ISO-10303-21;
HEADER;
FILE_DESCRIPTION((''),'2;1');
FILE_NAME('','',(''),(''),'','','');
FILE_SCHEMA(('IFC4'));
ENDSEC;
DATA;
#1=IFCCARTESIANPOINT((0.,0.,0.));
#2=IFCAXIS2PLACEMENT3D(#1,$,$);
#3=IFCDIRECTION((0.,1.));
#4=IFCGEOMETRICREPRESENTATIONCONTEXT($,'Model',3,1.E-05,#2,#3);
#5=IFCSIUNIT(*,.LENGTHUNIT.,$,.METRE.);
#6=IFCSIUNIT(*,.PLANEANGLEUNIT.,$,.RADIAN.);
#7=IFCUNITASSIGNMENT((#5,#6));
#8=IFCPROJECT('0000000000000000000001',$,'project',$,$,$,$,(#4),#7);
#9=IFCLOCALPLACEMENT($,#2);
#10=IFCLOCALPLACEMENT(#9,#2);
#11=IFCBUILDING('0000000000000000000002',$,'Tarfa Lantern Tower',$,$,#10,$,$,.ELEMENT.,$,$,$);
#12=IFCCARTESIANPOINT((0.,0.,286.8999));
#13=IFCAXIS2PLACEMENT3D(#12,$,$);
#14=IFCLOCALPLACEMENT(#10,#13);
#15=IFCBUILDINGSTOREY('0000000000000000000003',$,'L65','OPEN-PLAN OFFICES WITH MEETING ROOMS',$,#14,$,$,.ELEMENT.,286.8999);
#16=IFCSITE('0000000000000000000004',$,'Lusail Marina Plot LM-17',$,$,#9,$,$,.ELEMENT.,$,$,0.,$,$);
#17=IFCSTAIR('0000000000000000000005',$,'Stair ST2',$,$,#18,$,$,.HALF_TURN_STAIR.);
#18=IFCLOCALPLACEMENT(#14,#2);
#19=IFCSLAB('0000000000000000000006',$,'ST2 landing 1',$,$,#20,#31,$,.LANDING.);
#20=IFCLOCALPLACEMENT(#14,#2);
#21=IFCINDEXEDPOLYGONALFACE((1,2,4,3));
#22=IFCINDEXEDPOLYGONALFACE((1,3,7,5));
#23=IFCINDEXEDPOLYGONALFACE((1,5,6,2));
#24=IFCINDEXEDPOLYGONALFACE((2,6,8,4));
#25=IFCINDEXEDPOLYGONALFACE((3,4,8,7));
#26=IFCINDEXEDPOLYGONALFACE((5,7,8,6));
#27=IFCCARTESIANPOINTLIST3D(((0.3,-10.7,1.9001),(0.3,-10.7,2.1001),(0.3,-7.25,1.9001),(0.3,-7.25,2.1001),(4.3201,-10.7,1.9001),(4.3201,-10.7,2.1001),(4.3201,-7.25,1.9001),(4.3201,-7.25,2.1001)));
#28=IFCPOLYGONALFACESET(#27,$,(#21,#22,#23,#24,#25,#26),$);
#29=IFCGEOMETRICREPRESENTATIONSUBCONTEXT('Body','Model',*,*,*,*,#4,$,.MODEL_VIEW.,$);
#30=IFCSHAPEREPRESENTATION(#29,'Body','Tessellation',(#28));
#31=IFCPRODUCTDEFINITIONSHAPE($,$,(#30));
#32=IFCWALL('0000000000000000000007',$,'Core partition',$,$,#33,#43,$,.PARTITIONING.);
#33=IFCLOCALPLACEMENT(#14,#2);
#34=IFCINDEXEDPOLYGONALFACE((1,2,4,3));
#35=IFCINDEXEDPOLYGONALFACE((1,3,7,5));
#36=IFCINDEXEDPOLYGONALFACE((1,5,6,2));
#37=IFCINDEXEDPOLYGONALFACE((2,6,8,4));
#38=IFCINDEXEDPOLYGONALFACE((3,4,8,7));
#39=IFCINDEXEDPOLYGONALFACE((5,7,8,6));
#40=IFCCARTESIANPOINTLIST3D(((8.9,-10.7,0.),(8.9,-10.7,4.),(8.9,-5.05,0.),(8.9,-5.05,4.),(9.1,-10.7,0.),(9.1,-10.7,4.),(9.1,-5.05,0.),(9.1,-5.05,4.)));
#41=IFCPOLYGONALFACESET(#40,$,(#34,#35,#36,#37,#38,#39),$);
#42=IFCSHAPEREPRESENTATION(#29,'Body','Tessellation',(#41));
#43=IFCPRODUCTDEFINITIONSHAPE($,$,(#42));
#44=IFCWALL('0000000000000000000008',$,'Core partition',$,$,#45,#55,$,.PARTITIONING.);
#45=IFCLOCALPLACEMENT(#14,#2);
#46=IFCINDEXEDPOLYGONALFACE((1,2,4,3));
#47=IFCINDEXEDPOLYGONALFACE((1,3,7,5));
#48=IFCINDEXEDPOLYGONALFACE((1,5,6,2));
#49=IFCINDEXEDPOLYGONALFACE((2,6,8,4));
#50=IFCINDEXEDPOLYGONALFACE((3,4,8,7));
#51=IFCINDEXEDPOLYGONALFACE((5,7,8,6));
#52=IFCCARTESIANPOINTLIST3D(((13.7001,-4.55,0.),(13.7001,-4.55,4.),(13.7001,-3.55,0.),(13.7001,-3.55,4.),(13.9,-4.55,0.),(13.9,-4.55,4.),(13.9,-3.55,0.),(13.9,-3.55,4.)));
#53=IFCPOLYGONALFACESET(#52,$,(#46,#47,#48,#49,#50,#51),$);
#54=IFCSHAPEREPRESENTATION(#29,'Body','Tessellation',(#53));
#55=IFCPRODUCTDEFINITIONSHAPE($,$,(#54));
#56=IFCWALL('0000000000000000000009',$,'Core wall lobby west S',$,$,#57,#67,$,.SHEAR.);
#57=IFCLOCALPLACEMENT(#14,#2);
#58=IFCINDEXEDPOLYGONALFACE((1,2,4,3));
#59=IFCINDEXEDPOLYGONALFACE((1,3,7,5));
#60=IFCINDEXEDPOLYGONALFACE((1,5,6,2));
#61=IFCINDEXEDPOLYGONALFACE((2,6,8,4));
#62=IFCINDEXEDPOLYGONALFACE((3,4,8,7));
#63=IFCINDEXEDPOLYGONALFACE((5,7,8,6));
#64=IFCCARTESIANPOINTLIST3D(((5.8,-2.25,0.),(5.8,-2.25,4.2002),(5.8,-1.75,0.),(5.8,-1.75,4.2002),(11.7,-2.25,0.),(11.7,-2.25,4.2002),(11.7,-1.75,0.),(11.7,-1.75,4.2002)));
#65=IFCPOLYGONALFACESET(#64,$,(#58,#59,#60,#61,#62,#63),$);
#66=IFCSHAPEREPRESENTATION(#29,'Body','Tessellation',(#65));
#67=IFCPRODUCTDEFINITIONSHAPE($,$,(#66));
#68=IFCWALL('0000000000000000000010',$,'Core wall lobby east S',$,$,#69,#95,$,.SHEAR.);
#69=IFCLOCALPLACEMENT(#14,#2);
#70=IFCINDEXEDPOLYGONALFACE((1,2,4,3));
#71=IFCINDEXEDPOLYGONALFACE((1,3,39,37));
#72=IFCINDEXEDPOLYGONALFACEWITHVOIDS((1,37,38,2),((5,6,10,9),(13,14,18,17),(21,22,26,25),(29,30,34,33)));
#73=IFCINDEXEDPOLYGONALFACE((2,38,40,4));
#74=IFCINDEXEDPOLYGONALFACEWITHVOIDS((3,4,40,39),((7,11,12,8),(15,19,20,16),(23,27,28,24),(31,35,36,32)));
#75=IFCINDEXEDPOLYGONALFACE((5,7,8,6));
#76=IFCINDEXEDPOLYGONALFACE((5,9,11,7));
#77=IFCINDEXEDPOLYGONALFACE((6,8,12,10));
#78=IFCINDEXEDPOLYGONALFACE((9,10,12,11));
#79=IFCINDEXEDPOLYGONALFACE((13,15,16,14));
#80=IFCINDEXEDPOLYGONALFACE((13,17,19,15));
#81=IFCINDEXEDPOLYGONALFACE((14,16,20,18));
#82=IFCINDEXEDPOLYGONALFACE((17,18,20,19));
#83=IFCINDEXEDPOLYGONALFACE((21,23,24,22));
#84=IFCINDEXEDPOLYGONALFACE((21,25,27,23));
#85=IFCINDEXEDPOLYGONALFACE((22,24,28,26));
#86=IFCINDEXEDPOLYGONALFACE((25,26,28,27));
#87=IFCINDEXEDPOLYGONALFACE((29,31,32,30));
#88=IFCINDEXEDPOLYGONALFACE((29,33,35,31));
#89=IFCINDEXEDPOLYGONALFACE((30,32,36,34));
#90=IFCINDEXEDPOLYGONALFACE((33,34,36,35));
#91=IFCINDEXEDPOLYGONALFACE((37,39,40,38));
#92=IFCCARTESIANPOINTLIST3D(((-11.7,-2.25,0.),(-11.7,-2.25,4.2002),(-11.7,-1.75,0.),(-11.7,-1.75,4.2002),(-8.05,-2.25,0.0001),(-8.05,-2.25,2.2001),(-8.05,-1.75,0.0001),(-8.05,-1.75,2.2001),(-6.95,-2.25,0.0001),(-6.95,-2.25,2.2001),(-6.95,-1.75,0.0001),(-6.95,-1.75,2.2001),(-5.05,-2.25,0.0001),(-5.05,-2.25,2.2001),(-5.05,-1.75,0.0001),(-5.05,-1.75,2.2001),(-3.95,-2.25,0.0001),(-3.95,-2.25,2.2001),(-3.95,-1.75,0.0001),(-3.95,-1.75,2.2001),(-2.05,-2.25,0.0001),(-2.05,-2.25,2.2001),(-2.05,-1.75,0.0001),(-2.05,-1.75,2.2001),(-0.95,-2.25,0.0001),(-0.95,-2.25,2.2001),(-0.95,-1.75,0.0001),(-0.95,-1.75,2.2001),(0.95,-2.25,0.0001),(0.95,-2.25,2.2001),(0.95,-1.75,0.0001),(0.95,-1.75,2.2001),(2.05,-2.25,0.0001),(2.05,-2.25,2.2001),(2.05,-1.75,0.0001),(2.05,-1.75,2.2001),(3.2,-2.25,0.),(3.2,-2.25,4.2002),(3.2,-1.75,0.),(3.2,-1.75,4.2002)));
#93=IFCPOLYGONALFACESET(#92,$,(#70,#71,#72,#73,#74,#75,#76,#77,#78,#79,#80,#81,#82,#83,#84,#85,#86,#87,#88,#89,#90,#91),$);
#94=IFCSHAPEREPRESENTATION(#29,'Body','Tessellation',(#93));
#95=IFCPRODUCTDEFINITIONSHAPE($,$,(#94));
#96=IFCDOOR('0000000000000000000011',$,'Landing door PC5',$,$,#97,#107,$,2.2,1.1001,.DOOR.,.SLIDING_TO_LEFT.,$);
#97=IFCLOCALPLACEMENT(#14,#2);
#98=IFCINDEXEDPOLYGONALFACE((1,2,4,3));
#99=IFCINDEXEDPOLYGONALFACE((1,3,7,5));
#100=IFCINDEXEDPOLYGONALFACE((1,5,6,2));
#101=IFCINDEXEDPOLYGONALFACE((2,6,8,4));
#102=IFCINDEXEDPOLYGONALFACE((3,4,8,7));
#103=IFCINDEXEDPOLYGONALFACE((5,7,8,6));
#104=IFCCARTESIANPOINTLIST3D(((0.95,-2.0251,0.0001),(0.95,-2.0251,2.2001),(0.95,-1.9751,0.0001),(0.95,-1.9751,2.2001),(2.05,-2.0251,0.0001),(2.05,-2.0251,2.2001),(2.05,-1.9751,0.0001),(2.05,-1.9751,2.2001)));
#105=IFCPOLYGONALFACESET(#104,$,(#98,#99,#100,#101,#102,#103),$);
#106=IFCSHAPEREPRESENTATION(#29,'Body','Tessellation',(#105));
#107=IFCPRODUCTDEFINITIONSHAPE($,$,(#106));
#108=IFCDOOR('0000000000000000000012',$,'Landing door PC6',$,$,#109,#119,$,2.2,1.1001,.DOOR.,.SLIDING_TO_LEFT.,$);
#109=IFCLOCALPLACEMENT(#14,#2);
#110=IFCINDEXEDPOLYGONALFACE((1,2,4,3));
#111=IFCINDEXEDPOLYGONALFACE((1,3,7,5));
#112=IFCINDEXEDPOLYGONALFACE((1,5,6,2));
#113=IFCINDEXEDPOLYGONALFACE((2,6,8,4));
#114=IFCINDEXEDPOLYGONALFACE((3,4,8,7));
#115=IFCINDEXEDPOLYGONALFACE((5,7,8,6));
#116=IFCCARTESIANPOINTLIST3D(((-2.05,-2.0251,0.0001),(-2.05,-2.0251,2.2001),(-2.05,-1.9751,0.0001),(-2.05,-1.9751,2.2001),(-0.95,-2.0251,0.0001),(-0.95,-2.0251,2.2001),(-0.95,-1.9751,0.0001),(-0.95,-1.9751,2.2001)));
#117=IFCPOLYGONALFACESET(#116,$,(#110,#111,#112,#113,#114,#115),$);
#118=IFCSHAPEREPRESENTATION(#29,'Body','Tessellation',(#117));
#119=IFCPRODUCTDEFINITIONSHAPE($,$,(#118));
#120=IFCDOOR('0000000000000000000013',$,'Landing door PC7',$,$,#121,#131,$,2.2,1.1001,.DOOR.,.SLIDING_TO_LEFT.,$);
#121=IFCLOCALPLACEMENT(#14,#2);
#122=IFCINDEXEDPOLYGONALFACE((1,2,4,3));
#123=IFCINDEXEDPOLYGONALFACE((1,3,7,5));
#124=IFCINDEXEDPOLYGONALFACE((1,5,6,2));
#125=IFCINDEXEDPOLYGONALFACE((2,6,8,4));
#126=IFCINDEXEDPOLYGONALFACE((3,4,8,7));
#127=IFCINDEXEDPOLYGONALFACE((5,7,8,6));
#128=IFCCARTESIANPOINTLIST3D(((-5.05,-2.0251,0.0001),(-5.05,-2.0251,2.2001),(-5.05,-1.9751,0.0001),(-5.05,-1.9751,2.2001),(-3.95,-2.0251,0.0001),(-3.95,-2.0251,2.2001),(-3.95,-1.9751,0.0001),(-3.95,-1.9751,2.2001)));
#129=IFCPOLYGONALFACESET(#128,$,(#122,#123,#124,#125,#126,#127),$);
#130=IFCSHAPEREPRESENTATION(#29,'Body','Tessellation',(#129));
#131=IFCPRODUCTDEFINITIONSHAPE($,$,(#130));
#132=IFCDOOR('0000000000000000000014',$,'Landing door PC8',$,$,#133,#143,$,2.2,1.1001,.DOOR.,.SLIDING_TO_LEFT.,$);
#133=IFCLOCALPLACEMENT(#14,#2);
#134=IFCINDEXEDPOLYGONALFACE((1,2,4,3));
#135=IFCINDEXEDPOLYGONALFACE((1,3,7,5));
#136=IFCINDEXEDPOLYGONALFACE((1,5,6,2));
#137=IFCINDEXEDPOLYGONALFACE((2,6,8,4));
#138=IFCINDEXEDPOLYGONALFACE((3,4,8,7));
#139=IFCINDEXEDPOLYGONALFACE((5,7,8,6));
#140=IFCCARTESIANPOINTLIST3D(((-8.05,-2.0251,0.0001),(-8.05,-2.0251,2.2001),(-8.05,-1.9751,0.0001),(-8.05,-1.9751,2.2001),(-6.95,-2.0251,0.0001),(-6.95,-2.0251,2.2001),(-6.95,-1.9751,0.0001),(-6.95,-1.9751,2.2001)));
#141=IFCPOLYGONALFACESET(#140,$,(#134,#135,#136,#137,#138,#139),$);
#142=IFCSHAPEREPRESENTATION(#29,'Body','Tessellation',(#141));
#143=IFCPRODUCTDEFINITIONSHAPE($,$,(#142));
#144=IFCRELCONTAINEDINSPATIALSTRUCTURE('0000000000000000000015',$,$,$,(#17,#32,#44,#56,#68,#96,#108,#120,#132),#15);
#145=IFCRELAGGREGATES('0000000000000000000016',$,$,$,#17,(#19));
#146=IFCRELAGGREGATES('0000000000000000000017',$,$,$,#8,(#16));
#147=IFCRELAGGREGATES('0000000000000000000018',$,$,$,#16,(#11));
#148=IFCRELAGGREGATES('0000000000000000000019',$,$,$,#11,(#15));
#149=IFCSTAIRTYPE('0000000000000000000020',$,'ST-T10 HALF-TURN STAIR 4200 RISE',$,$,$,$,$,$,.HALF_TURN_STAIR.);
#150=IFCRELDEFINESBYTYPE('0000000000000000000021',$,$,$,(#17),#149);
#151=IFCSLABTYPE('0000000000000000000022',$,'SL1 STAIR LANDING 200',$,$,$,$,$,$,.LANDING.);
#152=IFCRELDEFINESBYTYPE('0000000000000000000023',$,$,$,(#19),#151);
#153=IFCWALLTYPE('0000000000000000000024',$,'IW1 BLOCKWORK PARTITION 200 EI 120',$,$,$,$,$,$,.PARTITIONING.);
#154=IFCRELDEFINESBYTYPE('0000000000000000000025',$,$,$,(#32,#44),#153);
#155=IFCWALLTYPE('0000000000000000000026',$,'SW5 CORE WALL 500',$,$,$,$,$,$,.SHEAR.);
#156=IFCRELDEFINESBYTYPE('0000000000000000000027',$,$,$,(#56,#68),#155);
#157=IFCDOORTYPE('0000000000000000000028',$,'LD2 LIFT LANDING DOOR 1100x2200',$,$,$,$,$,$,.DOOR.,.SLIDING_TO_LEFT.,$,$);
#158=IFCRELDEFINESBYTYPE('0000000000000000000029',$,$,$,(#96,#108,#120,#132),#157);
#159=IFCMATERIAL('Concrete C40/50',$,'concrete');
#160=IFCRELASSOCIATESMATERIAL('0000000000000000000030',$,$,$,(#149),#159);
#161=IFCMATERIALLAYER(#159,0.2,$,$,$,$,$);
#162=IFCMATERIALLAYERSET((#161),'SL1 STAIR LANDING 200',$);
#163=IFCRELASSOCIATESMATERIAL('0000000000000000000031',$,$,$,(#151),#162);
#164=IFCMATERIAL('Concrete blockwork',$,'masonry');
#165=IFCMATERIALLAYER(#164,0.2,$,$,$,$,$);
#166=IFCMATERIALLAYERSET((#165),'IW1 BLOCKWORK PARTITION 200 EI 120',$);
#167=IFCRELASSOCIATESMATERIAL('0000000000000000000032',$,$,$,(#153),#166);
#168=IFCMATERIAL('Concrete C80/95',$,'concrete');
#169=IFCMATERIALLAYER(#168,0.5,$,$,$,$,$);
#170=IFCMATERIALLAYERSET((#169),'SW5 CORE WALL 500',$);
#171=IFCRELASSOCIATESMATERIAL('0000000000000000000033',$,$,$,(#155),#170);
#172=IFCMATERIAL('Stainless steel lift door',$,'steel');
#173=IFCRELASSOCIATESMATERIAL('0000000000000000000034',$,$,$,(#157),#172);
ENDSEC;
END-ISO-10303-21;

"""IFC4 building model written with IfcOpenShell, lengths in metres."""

from ifc_helpers import new_model, si_unit, direction, frame, frame_2d, origin, place, context, subcontext, project, spatial, polyline, rectangle, outline, extrude, material, layer, layer_set, type_object, element, fill, aggregate, save


model = new_model("IFC4")

# Units and contexts
model_context = context("Model", 3, precision=1e-05, world=origin(), true_north=direction((0.0, 1.0)))
body_context = subcontext(model_context, "Body", "Model", "MODEL_VIEW")
ifc_project = project(units=[si_unit("LENGTHUNIT", "METRE"), si_unit("PLANEANGLEUNIT", "RADIAN")], contexts=[model_context])

# Site, building, storey
site_placement = place(None, origin())
site = spatial("IfcSite", under=ifc_project, at=site_placement, Name="Lusail Marina Plot LM-17", CompositionType="ELEMENT", RefElevation=0.0)
building_placement = place(site_placement, origin())
building = spatial("IfcBuilding", under=site, at=building_placement, Name="Tarfa Lantern Tower", CompositionType="ELEMENT")
storey_placement = place(building_placement, frame((0.0, 0.0, 286.8999)))
storey = spatial("IfcBuildingStorey", under=building, at=storey_placement, Name="L65", Description="OPEN-PLAN OFFICES WITH MEETING ROOMS", CompositionType="ELEMENT", Elevation=286.8999)

# Stair, slab
ifc_material_1 = material(Name="Concrete C40/50", Category="concrete")
stair_type = type_object("IfcStairType", Name="ST-T10 HALF-TURN STAIR 4200 RISE", PredefinedType="HALF_TURN_STAIR", material=ifc_material_1)
stair_placement = place(storey_placement, origin())
stair = element("IfcStair", 1, at=stair_placement, inside=storey, type_object=stair_type, Name="Stair ST2", PredefinedType="HALF_TURN_STAIR")
ifc_layer_1 = layer(ifc_material_1, 0.2)
ifc_layer_set_1 = layer_set([ifc_layer_1], Name="SL1 STAIR LANDING 200")
slab_type = type_object("IfcSlabType", Name="SL1 STAIR LANDING 200", PredefinedType="LANDING", material=ifc_layer_set_1)
slab_placement = place(storey_placement, frame((0.0, 0.0, 1.9001)))
slab = element("IfcSlab", 2, at=slab_placement, type_object=slab_type, Name="ST2 landing 1", PredefinedType="LANDING", context=body_context, shape_type="SweptSolid", body=[
    extrude(outline(polyline([(4.3201, -7.25), (0.3, -7.25), (0.3, -10.7), (4.3201, -10.7), (4.3201, -7.25)])), origin(), (0.0, 0.0, 1.0), 0.2),
])
aggregate(stair, [slab])

# Walls
ifc_material_2 = material(Name="Concrete blockwork", Category="masonry")
ifc_layer_2 = layer(ifc_material_2, 0.2)
ifc_layer_set_2 = layer_set([ifc_layer_2], Name="IW1 BLOCKWORK PARTITION 200 EI 120")
wall_type_1 = type_object("IfcWallType", Name="IW1 BLOCKWORK PARTITION 200 EI 120", PredefinedType="PARTITIONING", material=ifc_layer_set_2)
wall_1_placement = place(storey_placement, frame((9.0, -5.05, 0.0), z_axis=(0.0, 0.0, 1.0), x_axis=(0.0, -1.0, 0.0)))
element("IfcWall", 3, at=wall_1_placement, inside=storey, type_object=wall_type_1, Name="Core partition", PredefinedType="PARTITIONING", context=body_context, shape_type="SweptSolid", body=[
    extrude(rectangle(XDim=5.6499, YDim=0.2, at=frame_2d((2.825, 0.0))), origin(), (0.0, 0.0, 1.0), 4.0),
])
wall_2_placement = place(storey_placement, frame((13.8, -3.55, 0.0), z_axis=(0.0, 0.0, 1.0), x_axis=(0.0, -1.0, 0.0)))
element("IfcWall", 4, at=wall_2_placement, inside=storey, type_object=wall_type_1, Name="Core partition", PredefinedType="PARTITIONING", context=body_context, shape_type="SweptSolid", body=[
    extrude(rectangle(XDim=1.0, YDim=0.2, at=frame_2d((0.5, 0.0))), origin(), (0.0, 0.0, 1.0), 4.0),
])
ifc_material_3 = material(Name="Concrete C80/95", Category="concrete")
ifc_layer_3 = layer(ifc_material_3, 0.5)
ifc_layer_set_3 = layer_set([ifc_layer_3], Name="SW5 CORE WALL 500")
wall_type_2 = type_object("IfcWallType", Name="SW5 CORE WALL 500", PredefinedType="SHEAR", material=ifc_layer_set_3)
wall_3_placement = place(storey_placement, frame((11.7, -2.0, 0.0), z_axis=(0.0, 0.0, 1.0), x_axis=(-1.0, 0.0, 0.0)))
element("IfcWall", 5, at=wall_3_placement, inside=storey, type_object=wall_type_2, Name="Core wall lobby west S", PredefinedType="SHEAR", context=body_context, shape_type="SweptSolid", body=[
    extrude(rectangle(XDim=5.8999, YDim=0.5, at=frame_2d((2.95, 0.0))), origin(), (0.0, 0.0, 1.0), 4.2002),
])

# Wall, openings, doors
wall_4_placement = place(storey_placement, frame((3.2, -2.0, 0.0), z_axis=(0.0, 0.0, 1.0), x_axis=(-1.0, 0.0, 0.0)))
wall_4 = element("IfcWall", 6, at=wall_4_placement, inside=storey, type_object=wall_type_2, Name="Core wall lobby east S", PredefinedType="SHEAR", context=body_context, shape_type="SweptSolid", body=[
    extrude(rectangle(XDim=14.8999, YDim=0.5, at=frame_2d((7.45, 0.0))), origin(), (0.0, 0.0, 1.0), 4.2002),
])
opening_1_placement = place(wall_4_placement, frame((1.1499, 0.0, 0.0)))
opening_1 = element("IfcOpeningElement", 7, at=opening_1_placement, cuts=wall_4, PredefinedType="OPENING", context=body_context, shape_type="SweptSolid", body=[
    extrude(rectangle(XDim=1.1001, YDim=2.2, at=frame_2d((0.55, 1.1001))), frame((0.0, 0.26, 0.0), z_axis=(0.0, -1.0, 0.0), x_axis=(1.0, 0.0, 0.0)), (0.0, 0.0, 1.0), 0.52),
])
opening_2_placement = place(wall_4_placement, frame((4.1499, 0.0, 0.0)))
opening_2 = element("IfcOpeningElement", 8, at=opening_2_placement, cuts=wall_4, PredefinedType="OPENING", context=body_context, shape_type="SweptSolid", body=[
    extrude(rectangle(XDim=1.1001, YDim=2.2, at=frame_2d((0.55, 1.1001))), frame((0.0, 0.26, 0.0), z_axis=(0.0, -1.0, 0.0), x_axis=(1.0, 0.0, 0.0)), (0.0, 0.0, 1.0), 0.52),
])
opening_3_placement = place(wall_4_placement, frame((7.1499, 0.0, 0.0)))
opening_3 = element("IfcOpeningElement", 9, at=opening_3_placement, cuts=wall_4, PredefinedType="OPENING", context=body_context, shape_type="SweptSolid", body=[
    extrude(rectangle(XDim=1.1001, YDim=2.2, at=frame_2d((0.55, 1.1001))), frame((0.0, 0.26, 0.0), z_axis=(0.0, -1.0, 0.0), x_axis=(1.0, 0.0, 0.0)), (0.0, 0.0, 1.0), 0.52),
])
opening_4_placement = place(wall_4_placement, frame((10.1499, 0.0, 0.0)))
opening_4 = element("IfcOpeningElement", 10, at=opening_4_placement, cuts=wall_4, PredefinedType="OPENING", context=body_context, shape_type="SweptSolid", body=[
    extrude(rectangle(XDim=1.1001, YDim=2.2, at=frame_2d((0.55, 1.1001))), frame((0.0, 0.26, 0.0), z_axis=(0.0, -1.0, 0.0), x_axis=(1.0, 0.0, 0.0)), (0.0, 0.0, 1.0), 0.52),
])
ifc_material_4 = material(Name="Stainless steel lift door", Category="steel")
door_type_1 = type_object("IfcDoorType", Name="LD2 LIFT LANDING DOOR 1100x2200", OperationType="SLIDING_TO_LEFT", PredefinedType="DOOR", material=ifc_material_4)
door_1_placement = place(opening_1_placement, frame((1.1001, 0.0, 0.0), z_axis=(0.0, 0.0, 1.0), x_axis=(-1.0, 0.0, 0.0)))
door_1 = element("IfcDoor", 11, at=door_1_placement, inside=storey, type_object=door_type_1, Name="Landing door PC5", OperationType="SLIDING_TO_LEFT", OverallHeight=2.2, OverallWidth=1.1001, PredefinedType="DOOR", context=body_context, shape_type="SweptSolid", body=[
    extrude(rectangle(XDim=1.1001, YDim=2.2, at=frame_2d((0.55, 1.1001))), frame((0.0, 0.0249, 0.0), z_axis=(0.0, -1.0, 0.0), x_axis=(1.0, 0.0, 0.0)), (0.0, 0.0, 1.0), 0.05),
])
fill(opening_1, door_1)
door_2_placement = place(opening_2_placement, frame((1.1001, 0.0, 0.0), z_axis=(0.0, 0.0, 1.0), x_axis=(-1.0, 0.0, 0.0)))
door_2 = element("IfcDoor", 12, at=door_2_placement, inside=storey, type_object=door_type_1, Name="Landing door PC6", OperationType="SLIDING_TO_LEFT", OverallHeight=2.2, OverallWidth=1.1001, PredefinedType="DOOR", context=body_context, shape_type="SweptSolid", body=[
    extrude(rectangle(XDim=1.1001, YDim=2.2, at=frame_2d((0.55, 1.1001))), frame((0.0, 0.0249, 0.0), z_axis=(0.0, -1.0, 0.0), x_axis=(1.0, 0.0, 0.0)), (0.0, 0.0, 1.0), 0.05),
])
fill(opening_2, door_2)
door_3_placement = place(opening_3_placement, frame((1.1001, 0.0, 0.0), z_axis=(0.0, 0.0, 1.0), x_axis=(-1.0, 0.0, 0.0)))
door_3 = element("IfcDoor", 13, at=door_3_placement, inside=storey, type_object=door_type_1, Name="Landing door PC7", OperationType="SLIDING_TO_LEFT", OverallHeight=2.2, OverallWidth=1.1001, PredefinedType="DOOR", context=body_context, shape_type="SweptSolid", body=[
    extrude(rectangle(XDim=1.1001, YDim=2.2, at=frame_2d((0.55, 1.1001))), frame((0.0, 0.0249, 0.0), z_axis=(0.0, -1.0, 0.0), x_axis=(1.0, 0.0, 0.0)), (0.0, 0.0, 1.0), 0.05),
])
fill(opening_3, door_3)
door_4_placement = place(opening_4_placement, frame((1.1001, 0.0, 0.0), z_axis=(0.0, 0.0, 1.0), x_axis=(-1.0, 0.0, 0.0)))
door_4 = element("IfcDoor", 14, at=door_4_placement, inside=storey, type_object=door_type_1, Name="Landing door PC8", OperationType="SLIDING_TO_LEFT", OverallHeight=2.2, OverallWidth=1.1001, PredefinedType="DOOR", context=body_context, shape_type="SweptSolid", body=[
    extrude(rectangle(XDim=1.1001, YDim=2.2, at=frame_2d((0.55, 1.1001))), frame((0.0, 0.0249, 0.0), z_axis=(0.0, -1.0, 0.0), x_axis=(1.0, 0.0, 0.0)), (0.0, 0.0, 1.0), 0.05),
])
fill(opening_4, door_4)

save(model, "model.ifc")
